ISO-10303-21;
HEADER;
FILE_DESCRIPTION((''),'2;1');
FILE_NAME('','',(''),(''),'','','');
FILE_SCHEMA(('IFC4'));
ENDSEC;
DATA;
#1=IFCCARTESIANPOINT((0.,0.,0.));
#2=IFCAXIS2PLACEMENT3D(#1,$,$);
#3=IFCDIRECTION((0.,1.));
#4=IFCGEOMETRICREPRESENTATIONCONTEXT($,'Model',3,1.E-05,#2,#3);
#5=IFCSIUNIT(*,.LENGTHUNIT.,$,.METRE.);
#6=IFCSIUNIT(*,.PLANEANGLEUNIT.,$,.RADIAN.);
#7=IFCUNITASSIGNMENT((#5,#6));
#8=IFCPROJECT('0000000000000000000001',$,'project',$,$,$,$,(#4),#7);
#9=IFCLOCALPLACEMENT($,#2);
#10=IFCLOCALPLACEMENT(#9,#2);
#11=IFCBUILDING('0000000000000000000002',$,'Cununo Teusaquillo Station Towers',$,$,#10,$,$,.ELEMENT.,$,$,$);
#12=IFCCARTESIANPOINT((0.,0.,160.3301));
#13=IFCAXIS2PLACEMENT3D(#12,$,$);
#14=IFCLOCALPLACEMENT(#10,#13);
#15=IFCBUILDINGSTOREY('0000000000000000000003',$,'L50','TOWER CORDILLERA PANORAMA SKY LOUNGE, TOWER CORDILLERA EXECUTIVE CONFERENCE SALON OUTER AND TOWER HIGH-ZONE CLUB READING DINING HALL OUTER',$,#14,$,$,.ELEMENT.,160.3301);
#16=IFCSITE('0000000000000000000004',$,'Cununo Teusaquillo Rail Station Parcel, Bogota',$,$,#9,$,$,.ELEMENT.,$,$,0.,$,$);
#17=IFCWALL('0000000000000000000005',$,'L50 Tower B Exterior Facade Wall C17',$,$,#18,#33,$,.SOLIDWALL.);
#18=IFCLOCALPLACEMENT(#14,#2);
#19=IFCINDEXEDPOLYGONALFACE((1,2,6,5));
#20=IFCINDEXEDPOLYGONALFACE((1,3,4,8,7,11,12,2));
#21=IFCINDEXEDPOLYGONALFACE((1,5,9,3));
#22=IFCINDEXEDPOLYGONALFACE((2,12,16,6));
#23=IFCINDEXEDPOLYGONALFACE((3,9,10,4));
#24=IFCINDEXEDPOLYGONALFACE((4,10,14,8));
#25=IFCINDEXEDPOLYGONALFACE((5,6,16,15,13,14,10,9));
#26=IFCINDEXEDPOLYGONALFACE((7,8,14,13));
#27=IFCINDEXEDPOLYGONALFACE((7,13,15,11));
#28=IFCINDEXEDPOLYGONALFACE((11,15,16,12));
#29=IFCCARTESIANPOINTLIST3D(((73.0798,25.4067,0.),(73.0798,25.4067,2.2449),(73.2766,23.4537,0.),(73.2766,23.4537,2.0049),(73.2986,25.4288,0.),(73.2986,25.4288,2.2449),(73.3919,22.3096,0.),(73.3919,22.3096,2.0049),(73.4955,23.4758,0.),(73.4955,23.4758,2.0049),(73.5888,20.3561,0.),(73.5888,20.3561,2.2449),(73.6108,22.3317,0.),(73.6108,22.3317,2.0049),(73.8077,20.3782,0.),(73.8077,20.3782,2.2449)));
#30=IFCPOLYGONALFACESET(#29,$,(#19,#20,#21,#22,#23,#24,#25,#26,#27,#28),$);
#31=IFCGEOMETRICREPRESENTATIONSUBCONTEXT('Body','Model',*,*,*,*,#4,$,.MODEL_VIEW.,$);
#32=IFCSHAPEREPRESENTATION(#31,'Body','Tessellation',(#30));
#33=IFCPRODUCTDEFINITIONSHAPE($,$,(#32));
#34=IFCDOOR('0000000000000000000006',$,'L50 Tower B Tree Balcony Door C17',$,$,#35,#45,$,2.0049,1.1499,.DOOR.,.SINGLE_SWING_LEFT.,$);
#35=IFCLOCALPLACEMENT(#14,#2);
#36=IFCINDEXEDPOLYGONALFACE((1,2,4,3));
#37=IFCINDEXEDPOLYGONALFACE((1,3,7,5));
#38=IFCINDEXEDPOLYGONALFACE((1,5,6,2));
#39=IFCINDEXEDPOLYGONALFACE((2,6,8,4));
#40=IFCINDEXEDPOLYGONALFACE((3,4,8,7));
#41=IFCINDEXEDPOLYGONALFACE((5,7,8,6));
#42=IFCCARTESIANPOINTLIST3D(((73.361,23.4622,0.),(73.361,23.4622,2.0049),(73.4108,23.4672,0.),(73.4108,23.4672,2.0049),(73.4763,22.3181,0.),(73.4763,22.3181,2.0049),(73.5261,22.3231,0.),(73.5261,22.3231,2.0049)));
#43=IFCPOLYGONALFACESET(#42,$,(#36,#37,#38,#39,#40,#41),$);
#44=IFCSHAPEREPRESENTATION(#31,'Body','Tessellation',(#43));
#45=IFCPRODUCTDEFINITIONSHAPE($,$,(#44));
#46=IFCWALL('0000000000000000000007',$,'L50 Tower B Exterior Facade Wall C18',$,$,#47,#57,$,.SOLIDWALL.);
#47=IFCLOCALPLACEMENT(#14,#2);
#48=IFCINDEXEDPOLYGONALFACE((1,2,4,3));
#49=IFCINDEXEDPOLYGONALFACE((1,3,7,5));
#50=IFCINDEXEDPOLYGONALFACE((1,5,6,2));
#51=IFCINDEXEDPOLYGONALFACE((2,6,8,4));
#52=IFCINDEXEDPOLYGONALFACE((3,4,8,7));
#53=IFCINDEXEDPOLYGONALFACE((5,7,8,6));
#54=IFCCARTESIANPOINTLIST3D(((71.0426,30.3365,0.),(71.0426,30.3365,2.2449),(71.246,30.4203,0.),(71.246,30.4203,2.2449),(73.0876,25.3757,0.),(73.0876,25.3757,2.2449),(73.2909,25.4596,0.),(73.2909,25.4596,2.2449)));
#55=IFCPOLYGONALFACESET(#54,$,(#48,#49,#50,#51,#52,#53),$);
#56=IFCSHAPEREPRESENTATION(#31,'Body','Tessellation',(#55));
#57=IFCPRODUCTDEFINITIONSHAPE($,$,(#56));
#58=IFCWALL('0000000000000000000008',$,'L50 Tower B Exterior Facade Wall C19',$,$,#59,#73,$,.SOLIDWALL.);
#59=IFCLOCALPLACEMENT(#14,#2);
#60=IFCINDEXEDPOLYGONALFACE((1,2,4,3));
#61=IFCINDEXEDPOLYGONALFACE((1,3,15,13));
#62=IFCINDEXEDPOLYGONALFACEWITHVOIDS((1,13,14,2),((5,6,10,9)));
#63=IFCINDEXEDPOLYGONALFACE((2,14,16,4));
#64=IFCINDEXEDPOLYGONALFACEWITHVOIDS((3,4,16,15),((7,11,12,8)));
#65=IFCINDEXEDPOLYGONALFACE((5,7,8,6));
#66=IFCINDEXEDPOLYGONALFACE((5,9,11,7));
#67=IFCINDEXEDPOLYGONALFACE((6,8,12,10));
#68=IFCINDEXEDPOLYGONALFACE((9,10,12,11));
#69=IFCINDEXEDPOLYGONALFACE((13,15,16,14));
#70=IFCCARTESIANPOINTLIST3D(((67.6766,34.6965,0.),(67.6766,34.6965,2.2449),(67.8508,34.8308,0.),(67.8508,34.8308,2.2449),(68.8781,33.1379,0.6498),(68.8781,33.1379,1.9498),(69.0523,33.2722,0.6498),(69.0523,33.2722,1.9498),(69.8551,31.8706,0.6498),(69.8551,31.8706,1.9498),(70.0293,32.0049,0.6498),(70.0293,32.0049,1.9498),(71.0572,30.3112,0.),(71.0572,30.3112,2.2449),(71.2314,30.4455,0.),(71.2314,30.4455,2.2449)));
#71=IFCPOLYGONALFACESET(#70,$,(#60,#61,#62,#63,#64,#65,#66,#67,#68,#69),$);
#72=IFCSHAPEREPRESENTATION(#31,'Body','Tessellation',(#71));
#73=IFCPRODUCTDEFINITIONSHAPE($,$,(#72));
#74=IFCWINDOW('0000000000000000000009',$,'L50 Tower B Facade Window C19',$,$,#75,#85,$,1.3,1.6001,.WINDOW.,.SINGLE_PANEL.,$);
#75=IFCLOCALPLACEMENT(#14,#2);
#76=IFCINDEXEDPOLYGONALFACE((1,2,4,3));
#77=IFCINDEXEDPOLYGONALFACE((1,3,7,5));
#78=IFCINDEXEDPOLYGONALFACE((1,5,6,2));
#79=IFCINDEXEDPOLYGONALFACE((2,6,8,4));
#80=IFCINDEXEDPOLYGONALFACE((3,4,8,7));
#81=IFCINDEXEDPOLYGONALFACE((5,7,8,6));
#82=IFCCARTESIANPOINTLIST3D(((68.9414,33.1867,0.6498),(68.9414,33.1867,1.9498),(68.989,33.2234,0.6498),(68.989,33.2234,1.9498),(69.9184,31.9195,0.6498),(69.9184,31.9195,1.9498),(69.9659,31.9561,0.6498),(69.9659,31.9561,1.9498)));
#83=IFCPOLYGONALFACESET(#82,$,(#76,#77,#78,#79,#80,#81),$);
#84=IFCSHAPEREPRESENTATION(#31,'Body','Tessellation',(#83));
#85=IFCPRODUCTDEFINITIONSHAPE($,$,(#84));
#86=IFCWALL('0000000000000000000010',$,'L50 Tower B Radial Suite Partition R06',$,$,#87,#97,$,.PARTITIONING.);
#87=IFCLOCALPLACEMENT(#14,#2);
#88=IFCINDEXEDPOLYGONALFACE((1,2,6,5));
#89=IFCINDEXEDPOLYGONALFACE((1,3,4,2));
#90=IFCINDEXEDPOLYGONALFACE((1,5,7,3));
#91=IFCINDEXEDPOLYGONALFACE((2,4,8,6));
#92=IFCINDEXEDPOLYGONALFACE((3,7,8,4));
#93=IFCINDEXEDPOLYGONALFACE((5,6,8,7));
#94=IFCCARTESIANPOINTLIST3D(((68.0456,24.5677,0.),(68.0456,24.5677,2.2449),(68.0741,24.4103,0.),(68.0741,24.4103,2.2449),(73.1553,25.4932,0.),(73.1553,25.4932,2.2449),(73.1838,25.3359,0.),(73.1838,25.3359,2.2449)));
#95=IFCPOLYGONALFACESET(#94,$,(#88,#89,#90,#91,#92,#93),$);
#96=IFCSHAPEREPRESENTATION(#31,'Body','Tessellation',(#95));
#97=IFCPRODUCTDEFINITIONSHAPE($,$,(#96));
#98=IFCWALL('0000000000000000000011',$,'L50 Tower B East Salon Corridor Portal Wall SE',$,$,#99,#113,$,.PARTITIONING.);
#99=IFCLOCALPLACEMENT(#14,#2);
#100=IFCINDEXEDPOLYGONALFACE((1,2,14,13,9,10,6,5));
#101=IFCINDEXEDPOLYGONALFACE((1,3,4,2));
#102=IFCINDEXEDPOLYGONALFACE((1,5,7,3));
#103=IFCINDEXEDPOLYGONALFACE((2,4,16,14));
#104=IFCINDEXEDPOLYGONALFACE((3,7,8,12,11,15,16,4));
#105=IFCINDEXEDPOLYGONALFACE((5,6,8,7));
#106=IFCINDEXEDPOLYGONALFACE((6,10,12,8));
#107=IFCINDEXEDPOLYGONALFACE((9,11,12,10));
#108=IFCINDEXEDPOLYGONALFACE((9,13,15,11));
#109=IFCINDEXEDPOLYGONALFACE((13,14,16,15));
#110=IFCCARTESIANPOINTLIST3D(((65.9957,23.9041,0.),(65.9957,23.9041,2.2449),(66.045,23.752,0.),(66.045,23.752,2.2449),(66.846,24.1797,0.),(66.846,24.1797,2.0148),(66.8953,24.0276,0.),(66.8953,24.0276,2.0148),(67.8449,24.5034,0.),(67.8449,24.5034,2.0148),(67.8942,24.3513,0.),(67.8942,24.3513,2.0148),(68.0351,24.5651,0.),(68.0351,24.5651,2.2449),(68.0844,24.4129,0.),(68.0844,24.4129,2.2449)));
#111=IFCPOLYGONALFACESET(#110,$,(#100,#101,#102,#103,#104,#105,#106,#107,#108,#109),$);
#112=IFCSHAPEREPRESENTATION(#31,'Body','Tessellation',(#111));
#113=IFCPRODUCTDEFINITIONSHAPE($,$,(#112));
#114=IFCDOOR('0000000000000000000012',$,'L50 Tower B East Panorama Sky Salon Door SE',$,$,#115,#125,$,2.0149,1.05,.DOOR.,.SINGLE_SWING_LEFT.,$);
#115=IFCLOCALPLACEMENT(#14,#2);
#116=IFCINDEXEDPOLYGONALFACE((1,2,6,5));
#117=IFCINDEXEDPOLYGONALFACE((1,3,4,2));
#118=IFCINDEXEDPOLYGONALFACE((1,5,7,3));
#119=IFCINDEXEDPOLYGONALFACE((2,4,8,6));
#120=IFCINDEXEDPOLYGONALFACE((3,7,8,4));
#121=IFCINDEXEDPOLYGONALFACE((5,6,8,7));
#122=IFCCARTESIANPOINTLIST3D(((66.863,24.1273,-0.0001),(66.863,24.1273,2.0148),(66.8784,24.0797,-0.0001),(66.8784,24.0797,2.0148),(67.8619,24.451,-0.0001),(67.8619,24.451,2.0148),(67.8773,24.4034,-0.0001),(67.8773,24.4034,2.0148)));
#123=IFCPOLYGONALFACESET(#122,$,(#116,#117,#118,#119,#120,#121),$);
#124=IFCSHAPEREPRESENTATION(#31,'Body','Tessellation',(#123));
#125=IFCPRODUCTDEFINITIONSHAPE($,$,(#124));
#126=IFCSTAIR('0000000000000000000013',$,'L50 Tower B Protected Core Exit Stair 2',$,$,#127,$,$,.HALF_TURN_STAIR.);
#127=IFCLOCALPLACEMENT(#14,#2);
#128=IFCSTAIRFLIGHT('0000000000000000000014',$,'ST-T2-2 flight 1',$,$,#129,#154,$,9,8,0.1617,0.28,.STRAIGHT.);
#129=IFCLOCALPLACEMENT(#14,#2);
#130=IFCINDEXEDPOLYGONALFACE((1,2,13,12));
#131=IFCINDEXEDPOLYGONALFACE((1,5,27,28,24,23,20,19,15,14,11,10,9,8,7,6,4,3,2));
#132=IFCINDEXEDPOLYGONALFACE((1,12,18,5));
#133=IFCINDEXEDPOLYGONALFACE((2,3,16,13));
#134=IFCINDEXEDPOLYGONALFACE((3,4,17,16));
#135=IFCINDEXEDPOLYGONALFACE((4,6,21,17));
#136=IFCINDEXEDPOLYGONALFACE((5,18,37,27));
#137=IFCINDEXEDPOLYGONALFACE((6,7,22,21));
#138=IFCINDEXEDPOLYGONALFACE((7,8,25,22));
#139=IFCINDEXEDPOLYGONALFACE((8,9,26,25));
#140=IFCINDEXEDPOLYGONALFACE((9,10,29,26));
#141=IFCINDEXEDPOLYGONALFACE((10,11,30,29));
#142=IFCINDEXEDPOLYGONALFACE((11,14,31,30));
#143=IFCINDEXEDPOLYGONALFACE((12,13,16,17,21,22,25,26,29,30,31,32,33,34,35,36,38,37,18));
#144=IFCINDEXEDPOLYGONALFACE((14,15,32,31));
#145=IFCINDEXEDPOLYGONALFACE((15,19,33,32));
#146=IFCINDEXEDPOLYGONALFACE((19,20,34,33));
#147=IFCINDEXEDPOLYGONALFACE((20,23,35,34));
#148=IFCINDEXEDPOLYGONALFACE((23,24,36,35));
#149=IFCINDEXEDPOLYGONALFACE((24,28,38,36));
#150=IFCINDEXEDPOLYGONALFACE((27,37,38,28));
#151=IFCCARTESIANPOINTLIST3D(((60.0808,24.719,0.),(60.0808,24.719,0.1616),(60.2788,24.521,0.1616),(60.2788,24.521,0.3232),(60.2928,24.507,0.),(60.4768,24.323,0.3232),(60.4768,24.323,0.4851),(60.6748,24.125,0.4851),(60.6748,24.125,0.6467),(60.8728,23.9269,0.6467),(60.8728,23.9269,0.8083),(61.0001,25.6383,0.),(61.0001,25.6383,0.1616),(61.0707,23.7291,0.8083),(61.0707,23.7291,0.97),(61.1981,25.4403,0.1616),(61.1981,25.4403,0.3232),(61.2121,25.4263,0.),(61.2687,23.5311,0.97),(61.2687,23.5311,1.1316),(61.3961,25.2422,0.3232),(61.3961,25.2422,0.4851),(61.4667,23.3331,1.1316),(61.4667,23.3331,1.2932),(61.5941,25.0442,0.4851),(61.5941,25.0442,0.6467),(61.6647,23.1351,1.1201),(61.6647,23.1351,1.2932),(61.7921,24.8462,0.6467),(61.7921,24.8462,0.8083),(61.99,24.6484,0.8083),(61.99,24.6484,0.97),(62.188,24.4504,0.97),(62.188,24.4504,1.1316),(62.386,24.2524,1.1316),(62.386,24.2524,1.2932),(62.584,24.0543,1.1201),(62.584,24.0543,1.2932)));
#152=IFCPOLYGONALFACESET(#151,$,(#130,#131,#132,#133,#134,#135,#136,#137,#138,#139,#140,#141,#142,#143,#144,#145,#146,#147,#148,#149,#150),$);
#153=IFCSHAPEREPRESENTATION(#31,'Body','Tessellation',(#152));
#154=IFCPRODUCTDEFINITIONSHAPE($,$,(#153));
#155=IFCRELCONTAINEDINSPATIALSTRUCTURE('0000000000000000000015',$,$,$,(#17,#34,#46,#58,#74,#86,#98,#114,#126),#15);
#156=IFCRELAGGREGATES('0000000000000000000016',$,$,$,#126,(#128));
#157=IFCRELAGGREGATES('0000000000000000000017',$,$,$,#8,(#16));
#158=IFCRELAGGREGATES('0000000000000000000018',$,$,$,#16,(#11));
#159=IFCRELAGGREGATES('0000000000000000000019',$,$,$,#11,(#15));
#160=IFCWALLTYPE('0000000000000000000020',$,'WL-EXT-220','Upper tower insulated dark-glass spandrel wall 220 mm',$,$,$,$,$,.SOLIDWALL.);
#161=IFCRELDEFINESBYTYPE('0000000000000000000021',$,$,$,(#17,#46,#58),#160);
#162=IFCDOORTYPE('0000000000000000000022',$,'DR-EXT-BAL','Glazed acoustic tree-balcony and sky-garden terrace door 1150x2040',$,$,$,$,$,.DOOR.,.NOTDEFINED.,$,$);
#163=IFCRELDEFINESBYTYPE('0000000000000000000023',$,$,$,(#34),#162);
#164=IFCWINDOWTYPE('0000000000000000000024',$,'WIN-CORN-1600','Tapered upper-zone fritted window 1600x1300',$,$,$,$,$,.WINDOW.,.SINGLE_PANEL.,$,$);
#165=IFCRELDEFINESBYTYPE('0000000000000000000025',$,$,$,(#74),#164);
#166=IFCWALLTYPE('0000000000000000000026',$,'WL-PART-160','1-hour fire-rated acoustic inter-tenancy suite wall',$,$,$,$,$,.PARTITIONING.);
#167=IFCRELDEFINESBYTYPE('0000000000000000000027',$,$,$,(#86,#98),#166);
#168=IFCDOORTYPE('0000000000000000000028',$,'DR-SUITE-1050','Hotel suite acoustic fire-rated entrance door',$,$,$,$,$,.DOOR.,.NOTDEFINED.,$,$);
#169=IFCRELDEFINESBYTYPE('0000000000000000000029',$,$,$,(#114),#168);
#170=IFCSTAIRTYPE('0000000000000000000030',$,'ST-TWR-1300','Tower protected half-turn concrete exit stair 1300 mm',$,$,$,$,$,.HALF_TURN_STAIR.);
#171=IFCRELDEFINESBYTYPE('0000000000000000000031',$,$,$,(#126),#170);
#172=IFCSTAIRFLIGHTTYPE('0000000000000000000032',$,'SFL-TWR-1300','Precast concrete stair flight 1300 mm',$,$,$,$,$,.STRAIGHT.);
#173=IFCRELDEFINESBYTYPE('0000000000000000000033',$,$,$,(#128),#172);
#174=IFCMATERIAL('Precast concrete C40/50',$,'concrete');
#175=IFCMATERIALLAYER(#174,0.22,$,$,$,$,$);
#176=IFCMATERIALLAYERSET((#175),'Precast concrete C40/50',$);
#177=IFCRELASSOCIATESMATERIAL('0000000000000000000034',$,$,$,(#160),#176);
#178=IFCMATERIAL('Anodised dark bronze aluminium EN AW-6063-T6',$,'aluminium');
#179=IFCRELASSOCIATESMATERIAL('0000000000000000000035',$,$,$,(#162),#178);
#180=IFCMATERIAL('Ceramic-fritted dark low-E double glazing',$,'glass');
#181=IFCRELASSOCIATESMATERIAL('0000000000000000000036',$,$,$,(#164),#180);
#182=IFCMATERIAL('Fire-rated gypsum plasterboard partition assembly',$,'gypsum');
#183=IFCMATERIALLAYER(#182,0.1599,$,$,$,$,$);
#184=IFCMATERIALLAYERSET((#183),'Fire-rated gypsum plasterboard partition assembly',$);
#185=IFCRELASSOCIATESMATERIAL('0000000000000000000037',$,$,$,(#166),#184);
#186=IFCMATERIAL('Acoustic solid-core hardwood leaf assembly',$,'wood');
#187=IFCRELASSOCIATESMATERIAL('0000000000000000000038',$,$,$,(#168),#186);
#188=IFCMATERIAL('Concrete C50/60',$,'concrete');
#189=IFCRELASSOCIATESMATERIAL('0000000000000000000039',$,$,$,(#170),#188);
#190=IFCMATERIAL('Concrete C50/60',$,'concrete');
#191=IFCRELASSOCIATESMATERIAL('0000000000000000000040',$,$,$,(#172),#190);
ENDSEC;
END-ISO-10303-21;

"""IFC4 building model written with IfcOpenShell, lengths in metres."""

from ifc_helpers import new_model, si_unit, direction, frame, frame_2d, origin, place, context, subcontext, project, spatial, polyline, rectangle, outline, extrude, source, transform, mapped, material, layer, layer_set, type_object, element, fill, aggregate, save


model = new_model("IFC4")

# Units and contexts
model_context = context("Model", 3, precision=1e-05, world=origin(), true_north=direction((0.0, 1.0)))
body_context = subcontext(model_context, "Body", "Model", "MODEL_VIEW")
ifc_project = project(units=[si_unit("LENGTHUNIT", "METRE"), si_unit("PLANEANGLEUNIT", "RADIAN")], contexts=[model_context])

# Site, building, storey
site_placement = place(None, origin())
site = spatial("IfcSite", under=ifc_project, at=site_placement, Name="Cununo Teusaquillo Rail Station Parcel, Bogota", CompositionType="ELEMENT", RefElevation=0.0)
building_placement = place(site_placement, origin())
building = spatial("IfcBuilding", under=site, at=building_placement, Name="Cununo Teusaquillo Station Towers", CompositionType="ELEMENT")
storey_placement = place(building_placement, frame((0.0, 0.0, 160.3301)))
storey = spatial("IfcBuildingStorey", under=building, at=storey_placement, Name="L50", Description="TOWER CORDILLERA PANORAMA SKY LOUNGE, TOWER CORDILLERA EXECUTIVE CONFERENCE SALON OUTER AND TOWER HIGH-ZONE CLUB READING DINING HALL OUTER", CompositionType="ELEMENT", Elevation=160.3301)

# Wall, opening, door
ifc_material_1 = material(Name="Precast concrete C40/50", Category="concrete")
ifc_layer_1 = layer(ifc_material_1, 0.22)
ifc_layer_set_1 = layer_set([ifc_layer_1], Name="Precast concrete C40/50")
wall_type_1 = type_object("IfcWallType", Name="WL-EXT-220", Description="Upper tower insulated dark-glass spandrel wall 220 mm", PredefinedType="SOLIDWALL", material=ifc_layer_set_1)
wall_1_placement = place(storey_placement, frame((73.1892, 25.4177, 0.0), z_axis=(0.0, 0.0, 1.0), x_axis=(0.10028, -0.994959, 0.0)))
wall_1 = element("IfcWall", 1, at=wall_1_placement, inside=storey, type_object=wall_type_1, Name="L50 Tower B Exterior Facade Wall C17", PredefinedType="SOLIDWALL", context=body_context, shape_type="SweptSolid", body=[
    extrude(rectangle(XDim=5.0762, YDim=0.22, at=frame_2d((2.5381, 0.0))), origin(), (0.0, 0.0, 1.0), 2.2449),
])
shared_shape_1 = source(origin(), body_context, "Body", "SweptSolid", [
    extrude(rectangle(XDim=1.1499, YDim=2.0049, at=frame_2d((0.575, 1.0024))), frame((0.0, 0.1199, 0.0), z_axis=(0.0, -1.0, 0.0), x_axis=(1.0, 0.0, 0.0)), (0.0, 0.0, 1.0), 0.24),
])
opening_1_placement = place(wall_1_placement, frame((1.9629, 0.0, 0.0)))
opening_1 = element("IfcOpeningElement", 2, at=opening_1_placement, cuts=wall_1, PredefinedType="OPENING", context=body_context, shape_type="MappedRepresentation", body=[
    mapped(shared_shape_1, transform((0.0, 0.0, 0.0), x_axis=(1.0, 0.0, 0.0), y_axis=(0.0, 1.0, 0.0), z_axis=(0.0, 0.0, 1.0), scale=1.0)),
])
ifc_material_2 = material(Name="Anodised dark bronze aluminium EN AW-6063-T6", Category="aluminium")
door_type_1 = type_object("IfcDoorType", Name="DR-EXT-BAL", Description="Glazed acoustic tree-balcony and sky-garden terrace door 1150x2040", OperationType="NOTDEFINED", PredefinedType="DOOR", material=ifc_material_2)
shared_shape_2 = source(origin(), body_context, "Body", "SweptSolid", [
    extrude(rectangle(XDim=1.1499, YDim=2.0049, at=frame_2d((0.575, 1.0024))), frame((0.0, 0.0249, 0.0), z_axis=(0.0, -1.0, 0.0), x_axis=(1.0, 0.0, 0.0)), (0.0, 0.0, 1.0), 0.05),
])
door_1_placement = place(opening_1_placement, origin())
door_1 = element("IfcDoor", 3, at=door_1_placement, inside=storey, type_object=door_type_1, Name="L50 Tower B Tree Balcony Door C17", OperationType="SINGLE_SWING_LEFT", OverallHeight=2.0049, OverallWidth=1.1499, PredefinedType="DOOR", context=body_context, shape_type="MappedRepresentation", body=[
    mapped(shared_shape_2, transform((0.0, 0.0, 0.0), x_axis=(1.0, 0.0, 0.0), y_axis=(0.0, 1.0, 0.0), z_axis=(0.0, 0.0, 1.0), scale=1.0)),
])
fill(opening_1, door_1)

# Wall
wall_2_placement = place(storey_placement, frame((71.1443, 30.3784, 0.0), z_axis=(0.0, 0.0, 1.0), x_axis=(0.381114, -0.924528, 0.0)))
element("IfcWall", 4, at=wall_2_placement, inside=storey, type_object=wall_type_1, Name="L50 Tower B Exterior Facade Wall C18", PredefinedType="SOLIDWALL", context=body_context, shape_type="SweptSolid", body=[
    extrude(rectangle(XDim=5.3657, YDim=0.22, at=frame_2d((2.6829, 0.0))), origin(), (0.0, 0.0, 1.0), 2.2449),
])

# Wall, opening, window
wall_3_placement = place(storey_placement, frame((67.7637, 34.7637, 0.0), z_axis=(0.0, 0.0, 1.0), x_axis=(0.610544, -0.791983, 0.0)))
wall_3 = element("IfcWall", 5, at=wall_3_placement, inside=storey, type_object=wall_type_1, Name="L50 Tower B Exterior Facade Wall C19", PredefinedType="SOLIDWALL", context=body_context, shape_type="SweptSolid", body=[
    extrude(rectangle(XDim=5.5371, YDim=0.22, at=frame_2d((2.7686, 0.0))), origin(), (0.0, 0.0, 1.0), 2.2449),
])
shared_shape_3 = source(origin(), body_context, "Body", "SweptSolid", [
    extrude(rectangle(XDim=1.6001, YDim=1.3, at=frame_2d((0.8, 0.6499))), frame((0.0, 0.1199, 0.0), z_axis=(0.0, -1.0, 0.0), x_axis=(1.0, 0.0, 0.0)), (0.0, 0.0, 1.0), 0.24),
])
opening_2_placement = place(wall_3_placement, frame((1.968, 0.0, 0.6499)))
opening_2 = element("IfcOpeningElement", 6, at=opening_2_placement, cuts=wall_3, PredefinedType="OPENING", context=body_context, shape_type="MappedRepresentation", body=[
    mapped(shared_shape_3, transform((0.0, 0.0, 0.0), x_axis=(1.0, 0.0, 0.0), y_axis=(0.0, 1.0, 0.0), z_axis=(0.0, 0.0, 1.0), scale=1.0)),
])
ifc_material_3 = material(Name="Ceramic-fritted dark low-E double glazing", Category="glass")
window_type = type_object("IfcWindowType", Name="WIN-CORN-1600", Description="Tapered upper-zone fritted window 1600x1300", PartitioningType="SINGLE_PANEL", PredefinedType="WINDOW", material=ifc_material_3)
shared_shape_4 = source(origin(), body_context, "Body", "SweptSolid", [
    extrude(rectangle(XDim=1.6001, YDim=1.3, at=frame_2d((0.8, 0.6499))), frame((0.0, 0.03, 0.0), z_axis=(0.0, -1.0, 0.0), x_axis=(1.0, 0.0, 0.0)), (0.0, 0.0, 1.0), 0.0601),
])
window_placement = place(opening_2_placement, origin())
window = element("IfcWindow", 7, at=window_placement, inside=storey, type_object=window_type, Name="L50 Tower B Facade Window C19", OverallHeight=1.3, OverallWidth=1.6001, PartitioningType="SINGLE_PANEL", PredefinedType="WINDOW", context=body_context, shape_type="MappedRepresentation", body=[
    mapped(shared_shape_4, transform((0.0, 0.0, 0.0), x_axis=(1.0, 0.0, 0.0), y_axis=(0.0, 1.0, 0.0), z_axis=(0.0, 0.0, 1.0), scale=1.0)),
])
fill(opening_2, window)

# Wall
ifc_material_4 = material(Name="Fire-rated gypsum plasterboard partition assembly", Category="gypsum")
ifc_layer_2 = layer(ifc_material_4, 0.1599)
ifc_layer_set_2 = layer_set([ifc_layer_2], Name="Fire-rated gypsum plasterboard partition assembly")
wall_type_2 = type_object("IfcWallType", Name="WL-PART-160", Description="1-hour fire-rated acoustic inter-tenancy suite wall", PredefinedType="PARTITIONING", material=ifc_layer_set_2)
wall_4_placement = place(storey_placement, frame((68.0598, 24.489, 0.0), z_axis=(0.0, 0.0, 1.0), x_axis=(0.983988, 0.178236, 0.0)))
element("IfcWall", 8, at=wall_4_placement, inside=storey, type_object=wall_type_2, Name="L50 Tower B Radial Suite Partition R06", PredefinedType="PARTITIONING", context=body_context, shape_type="SweptSolid", body=[
    extrude(rectangle(XDim=5.1929, YDim=0.1599, at=frame_2d((2.5964, 0.0))), origin(), (0.0, 0.0, 1.0), 2.2449),
])

# Wall, opening, door
wall_5_placement = place(storey_placement, frame((66.0205, 23.8281, 0.0), z_axis=(0.0, 0.0, 1.0), x_axis=(0.951292, 0.30829, 0.0)))
wall_5 = element("IfcWall", 9, at=wall_5_placement, inside=storey, type_object=wall_type_2, Name="L50 Tower B East Salon Corridor Portal Wall SE", PredefinedType="PARTITIONING", context=body_context, shape_type="SweptSolid", body=[
    extrude(rectangle(XDim=2.1438, YDim=0.1599, at=frame_2d((1.0718, 0.0))), origin(), (0.0, 0.0, 1.0), 2.2449),
])
shared_shape_5 = source(origin(), body_context, "Body", "SweptSolid", [
    extrude(rectangle(XDim=1.05, YDim=2.0149, at=frame_2d((0.5249, 1.0073))), frame((0.0, 0.0898, 0.0), z_axis=(0.0, -1.0, 0.0), x_axis=(1.0, 0.0, 0.0)), (0.0, 0.0, 1.0), 0.1799),
])
opening_3_placement = place(wall_5_placement, frame((0.8938, 0.0, 0.0)))
opening_3 = element("IfcOpeningElement", 10, at=opening_3_placement, cuts=wall_5, PredefinedType="OPENING", context=body_context, shape_type="MappedRepresentation", body=[
    mapped(shared_shape_5, transform((0.0, 0.0, 0.0), x_axis=(1.0, 0.0, 0.0), y_axis=(0.0, 1.0, 0.0), z_axis=(0.0, 0.0, 1.0), scale=1.0)),
])
ifc_material_5 = material(Name="Acoustic solid-core hardwood leaf assembly", Category="wood")
door_type_2 = type_object("IfcDoorType", Name="DR-SUITE-1050", Description="Hotel suite acoustic fire-rated entrance door", OperationType="NOTDEFINED", PredefinedType="DOOR", material=ifc_material_5)
shared_shape_6 = source(origin(), body_context, "Body", "SweptSolid", [
    extrude(rectangle(XDim=1.05, YDim=2.0149, at=frame_2d((0.5249, 1.0073))), frame((0.0, 0.0249, 0.0), z_axis=(0.0, -1.0, 0.0), x_axis=(1.0, 0.0, 0.0)), (0.0, 0.0, 1.0), 0.05),
])
door_2_placement = place(opening_3_placement, origin())
door_2 = element("IfcDoor", 11, at=door_2_placement, inside=storey, type_object=door_type_2, Name="L50 Tower B East Panorama Sky Salon Door SE", OperationType="SINGLE_SWING_LEFT", OverallHeight=2.0149, OverallWidth=1.05, PredefinedType="DOOR", context=body_context, shape_type="MappedRepresentation", body=[
    mapped(shared_shape_6, transform((0.0, 0.0, 0.0), x_axis=(1.0, 0.0, 0.0), y_axis=(0.0, 1.0, 0.0), z_axis=(0.0, 0.0, 1.0), scale=1.0)),
])
fill(opening_3, door_2)

# Stair, stair flight
ifc_material_6 = material(Name="Concrete C50/60", Category="concrete")
stair_type = type_object("IfcStairType", Name="ST-TWR-1300", Description="Tower protected half-turn concrete exit stair 1300 mm", PredefinedType="HALF_TURN_STAIR", material=ifc_material_6)
stair_placement = place(storey_placement, origin())
stair = element("IfcStair", 12, at=stair_placement, inside=storey, type_object=stair_type, Name="L50 Tower B Protected Core Exit Stair 2", PredefinedType="HALF_TURN_STAIR")
ifc_material_7 = material(Name="Concrete C50/60", Category="concrete")
stair_flight_type = type_object("IfcStairFlightType", Name="SFL-TWR-1300", Description="Precast concrete stair flight 1300 mm", PredefinedType="STRAIGHT", material=ifc_material_7)
stair_flight_1_placement = place(storey_placement, frame((60.5405, 25.1787, 0.0), z_axis=(0.0, 0.0, 1.0), x_axis=(0.707107, -0.707107, 0.0)))
stair_flight_1 = element("IfcStairFlight", 13, at=stair_flight_1_placement, type_object=stair_flight_type, Name="ST-T2-2 flight 1", NumberOfRisers=9, NumberOfTreads=8, PredefinedType="STRAIGHT", RiserHeight=0.1617, TreadLength=0.28, context=body_context, shape_type="SweptSolid", body=[
    extrude(outline(polyline([(0.0, 0.0), (0.0, 0.1616), (0.28, 0.1616), (0.28, 0.3232), (0.5601, 0.3232), (0.5601, 0.4851), (0.8401, 0.4851), (0.8401, 0.6467), (1.1201, 0.6467), (1.1201, 0.8083), (1.3999, 0.8083), (1.3999, 0.97), (1.6799, 0.97), (1.6799, 1.1316), (1.96, 1.1316), (1.96, 1.2932), (2.24, 1.2932), (2.24, 1.4551), (2.24, 1.1201), (0.2998, 0.0), (0.0, 0.0)])), frame((0.0, 0.6499, 0.0), z_axis=(0.0, -1.0, 0.0), x_axis=(1.0, 0.0, 0.0)), (0.0, 0.0, 1.0), 1.3),
])
aggregate(stair, [stair_flight_1])

save(model, "model.ifc")
